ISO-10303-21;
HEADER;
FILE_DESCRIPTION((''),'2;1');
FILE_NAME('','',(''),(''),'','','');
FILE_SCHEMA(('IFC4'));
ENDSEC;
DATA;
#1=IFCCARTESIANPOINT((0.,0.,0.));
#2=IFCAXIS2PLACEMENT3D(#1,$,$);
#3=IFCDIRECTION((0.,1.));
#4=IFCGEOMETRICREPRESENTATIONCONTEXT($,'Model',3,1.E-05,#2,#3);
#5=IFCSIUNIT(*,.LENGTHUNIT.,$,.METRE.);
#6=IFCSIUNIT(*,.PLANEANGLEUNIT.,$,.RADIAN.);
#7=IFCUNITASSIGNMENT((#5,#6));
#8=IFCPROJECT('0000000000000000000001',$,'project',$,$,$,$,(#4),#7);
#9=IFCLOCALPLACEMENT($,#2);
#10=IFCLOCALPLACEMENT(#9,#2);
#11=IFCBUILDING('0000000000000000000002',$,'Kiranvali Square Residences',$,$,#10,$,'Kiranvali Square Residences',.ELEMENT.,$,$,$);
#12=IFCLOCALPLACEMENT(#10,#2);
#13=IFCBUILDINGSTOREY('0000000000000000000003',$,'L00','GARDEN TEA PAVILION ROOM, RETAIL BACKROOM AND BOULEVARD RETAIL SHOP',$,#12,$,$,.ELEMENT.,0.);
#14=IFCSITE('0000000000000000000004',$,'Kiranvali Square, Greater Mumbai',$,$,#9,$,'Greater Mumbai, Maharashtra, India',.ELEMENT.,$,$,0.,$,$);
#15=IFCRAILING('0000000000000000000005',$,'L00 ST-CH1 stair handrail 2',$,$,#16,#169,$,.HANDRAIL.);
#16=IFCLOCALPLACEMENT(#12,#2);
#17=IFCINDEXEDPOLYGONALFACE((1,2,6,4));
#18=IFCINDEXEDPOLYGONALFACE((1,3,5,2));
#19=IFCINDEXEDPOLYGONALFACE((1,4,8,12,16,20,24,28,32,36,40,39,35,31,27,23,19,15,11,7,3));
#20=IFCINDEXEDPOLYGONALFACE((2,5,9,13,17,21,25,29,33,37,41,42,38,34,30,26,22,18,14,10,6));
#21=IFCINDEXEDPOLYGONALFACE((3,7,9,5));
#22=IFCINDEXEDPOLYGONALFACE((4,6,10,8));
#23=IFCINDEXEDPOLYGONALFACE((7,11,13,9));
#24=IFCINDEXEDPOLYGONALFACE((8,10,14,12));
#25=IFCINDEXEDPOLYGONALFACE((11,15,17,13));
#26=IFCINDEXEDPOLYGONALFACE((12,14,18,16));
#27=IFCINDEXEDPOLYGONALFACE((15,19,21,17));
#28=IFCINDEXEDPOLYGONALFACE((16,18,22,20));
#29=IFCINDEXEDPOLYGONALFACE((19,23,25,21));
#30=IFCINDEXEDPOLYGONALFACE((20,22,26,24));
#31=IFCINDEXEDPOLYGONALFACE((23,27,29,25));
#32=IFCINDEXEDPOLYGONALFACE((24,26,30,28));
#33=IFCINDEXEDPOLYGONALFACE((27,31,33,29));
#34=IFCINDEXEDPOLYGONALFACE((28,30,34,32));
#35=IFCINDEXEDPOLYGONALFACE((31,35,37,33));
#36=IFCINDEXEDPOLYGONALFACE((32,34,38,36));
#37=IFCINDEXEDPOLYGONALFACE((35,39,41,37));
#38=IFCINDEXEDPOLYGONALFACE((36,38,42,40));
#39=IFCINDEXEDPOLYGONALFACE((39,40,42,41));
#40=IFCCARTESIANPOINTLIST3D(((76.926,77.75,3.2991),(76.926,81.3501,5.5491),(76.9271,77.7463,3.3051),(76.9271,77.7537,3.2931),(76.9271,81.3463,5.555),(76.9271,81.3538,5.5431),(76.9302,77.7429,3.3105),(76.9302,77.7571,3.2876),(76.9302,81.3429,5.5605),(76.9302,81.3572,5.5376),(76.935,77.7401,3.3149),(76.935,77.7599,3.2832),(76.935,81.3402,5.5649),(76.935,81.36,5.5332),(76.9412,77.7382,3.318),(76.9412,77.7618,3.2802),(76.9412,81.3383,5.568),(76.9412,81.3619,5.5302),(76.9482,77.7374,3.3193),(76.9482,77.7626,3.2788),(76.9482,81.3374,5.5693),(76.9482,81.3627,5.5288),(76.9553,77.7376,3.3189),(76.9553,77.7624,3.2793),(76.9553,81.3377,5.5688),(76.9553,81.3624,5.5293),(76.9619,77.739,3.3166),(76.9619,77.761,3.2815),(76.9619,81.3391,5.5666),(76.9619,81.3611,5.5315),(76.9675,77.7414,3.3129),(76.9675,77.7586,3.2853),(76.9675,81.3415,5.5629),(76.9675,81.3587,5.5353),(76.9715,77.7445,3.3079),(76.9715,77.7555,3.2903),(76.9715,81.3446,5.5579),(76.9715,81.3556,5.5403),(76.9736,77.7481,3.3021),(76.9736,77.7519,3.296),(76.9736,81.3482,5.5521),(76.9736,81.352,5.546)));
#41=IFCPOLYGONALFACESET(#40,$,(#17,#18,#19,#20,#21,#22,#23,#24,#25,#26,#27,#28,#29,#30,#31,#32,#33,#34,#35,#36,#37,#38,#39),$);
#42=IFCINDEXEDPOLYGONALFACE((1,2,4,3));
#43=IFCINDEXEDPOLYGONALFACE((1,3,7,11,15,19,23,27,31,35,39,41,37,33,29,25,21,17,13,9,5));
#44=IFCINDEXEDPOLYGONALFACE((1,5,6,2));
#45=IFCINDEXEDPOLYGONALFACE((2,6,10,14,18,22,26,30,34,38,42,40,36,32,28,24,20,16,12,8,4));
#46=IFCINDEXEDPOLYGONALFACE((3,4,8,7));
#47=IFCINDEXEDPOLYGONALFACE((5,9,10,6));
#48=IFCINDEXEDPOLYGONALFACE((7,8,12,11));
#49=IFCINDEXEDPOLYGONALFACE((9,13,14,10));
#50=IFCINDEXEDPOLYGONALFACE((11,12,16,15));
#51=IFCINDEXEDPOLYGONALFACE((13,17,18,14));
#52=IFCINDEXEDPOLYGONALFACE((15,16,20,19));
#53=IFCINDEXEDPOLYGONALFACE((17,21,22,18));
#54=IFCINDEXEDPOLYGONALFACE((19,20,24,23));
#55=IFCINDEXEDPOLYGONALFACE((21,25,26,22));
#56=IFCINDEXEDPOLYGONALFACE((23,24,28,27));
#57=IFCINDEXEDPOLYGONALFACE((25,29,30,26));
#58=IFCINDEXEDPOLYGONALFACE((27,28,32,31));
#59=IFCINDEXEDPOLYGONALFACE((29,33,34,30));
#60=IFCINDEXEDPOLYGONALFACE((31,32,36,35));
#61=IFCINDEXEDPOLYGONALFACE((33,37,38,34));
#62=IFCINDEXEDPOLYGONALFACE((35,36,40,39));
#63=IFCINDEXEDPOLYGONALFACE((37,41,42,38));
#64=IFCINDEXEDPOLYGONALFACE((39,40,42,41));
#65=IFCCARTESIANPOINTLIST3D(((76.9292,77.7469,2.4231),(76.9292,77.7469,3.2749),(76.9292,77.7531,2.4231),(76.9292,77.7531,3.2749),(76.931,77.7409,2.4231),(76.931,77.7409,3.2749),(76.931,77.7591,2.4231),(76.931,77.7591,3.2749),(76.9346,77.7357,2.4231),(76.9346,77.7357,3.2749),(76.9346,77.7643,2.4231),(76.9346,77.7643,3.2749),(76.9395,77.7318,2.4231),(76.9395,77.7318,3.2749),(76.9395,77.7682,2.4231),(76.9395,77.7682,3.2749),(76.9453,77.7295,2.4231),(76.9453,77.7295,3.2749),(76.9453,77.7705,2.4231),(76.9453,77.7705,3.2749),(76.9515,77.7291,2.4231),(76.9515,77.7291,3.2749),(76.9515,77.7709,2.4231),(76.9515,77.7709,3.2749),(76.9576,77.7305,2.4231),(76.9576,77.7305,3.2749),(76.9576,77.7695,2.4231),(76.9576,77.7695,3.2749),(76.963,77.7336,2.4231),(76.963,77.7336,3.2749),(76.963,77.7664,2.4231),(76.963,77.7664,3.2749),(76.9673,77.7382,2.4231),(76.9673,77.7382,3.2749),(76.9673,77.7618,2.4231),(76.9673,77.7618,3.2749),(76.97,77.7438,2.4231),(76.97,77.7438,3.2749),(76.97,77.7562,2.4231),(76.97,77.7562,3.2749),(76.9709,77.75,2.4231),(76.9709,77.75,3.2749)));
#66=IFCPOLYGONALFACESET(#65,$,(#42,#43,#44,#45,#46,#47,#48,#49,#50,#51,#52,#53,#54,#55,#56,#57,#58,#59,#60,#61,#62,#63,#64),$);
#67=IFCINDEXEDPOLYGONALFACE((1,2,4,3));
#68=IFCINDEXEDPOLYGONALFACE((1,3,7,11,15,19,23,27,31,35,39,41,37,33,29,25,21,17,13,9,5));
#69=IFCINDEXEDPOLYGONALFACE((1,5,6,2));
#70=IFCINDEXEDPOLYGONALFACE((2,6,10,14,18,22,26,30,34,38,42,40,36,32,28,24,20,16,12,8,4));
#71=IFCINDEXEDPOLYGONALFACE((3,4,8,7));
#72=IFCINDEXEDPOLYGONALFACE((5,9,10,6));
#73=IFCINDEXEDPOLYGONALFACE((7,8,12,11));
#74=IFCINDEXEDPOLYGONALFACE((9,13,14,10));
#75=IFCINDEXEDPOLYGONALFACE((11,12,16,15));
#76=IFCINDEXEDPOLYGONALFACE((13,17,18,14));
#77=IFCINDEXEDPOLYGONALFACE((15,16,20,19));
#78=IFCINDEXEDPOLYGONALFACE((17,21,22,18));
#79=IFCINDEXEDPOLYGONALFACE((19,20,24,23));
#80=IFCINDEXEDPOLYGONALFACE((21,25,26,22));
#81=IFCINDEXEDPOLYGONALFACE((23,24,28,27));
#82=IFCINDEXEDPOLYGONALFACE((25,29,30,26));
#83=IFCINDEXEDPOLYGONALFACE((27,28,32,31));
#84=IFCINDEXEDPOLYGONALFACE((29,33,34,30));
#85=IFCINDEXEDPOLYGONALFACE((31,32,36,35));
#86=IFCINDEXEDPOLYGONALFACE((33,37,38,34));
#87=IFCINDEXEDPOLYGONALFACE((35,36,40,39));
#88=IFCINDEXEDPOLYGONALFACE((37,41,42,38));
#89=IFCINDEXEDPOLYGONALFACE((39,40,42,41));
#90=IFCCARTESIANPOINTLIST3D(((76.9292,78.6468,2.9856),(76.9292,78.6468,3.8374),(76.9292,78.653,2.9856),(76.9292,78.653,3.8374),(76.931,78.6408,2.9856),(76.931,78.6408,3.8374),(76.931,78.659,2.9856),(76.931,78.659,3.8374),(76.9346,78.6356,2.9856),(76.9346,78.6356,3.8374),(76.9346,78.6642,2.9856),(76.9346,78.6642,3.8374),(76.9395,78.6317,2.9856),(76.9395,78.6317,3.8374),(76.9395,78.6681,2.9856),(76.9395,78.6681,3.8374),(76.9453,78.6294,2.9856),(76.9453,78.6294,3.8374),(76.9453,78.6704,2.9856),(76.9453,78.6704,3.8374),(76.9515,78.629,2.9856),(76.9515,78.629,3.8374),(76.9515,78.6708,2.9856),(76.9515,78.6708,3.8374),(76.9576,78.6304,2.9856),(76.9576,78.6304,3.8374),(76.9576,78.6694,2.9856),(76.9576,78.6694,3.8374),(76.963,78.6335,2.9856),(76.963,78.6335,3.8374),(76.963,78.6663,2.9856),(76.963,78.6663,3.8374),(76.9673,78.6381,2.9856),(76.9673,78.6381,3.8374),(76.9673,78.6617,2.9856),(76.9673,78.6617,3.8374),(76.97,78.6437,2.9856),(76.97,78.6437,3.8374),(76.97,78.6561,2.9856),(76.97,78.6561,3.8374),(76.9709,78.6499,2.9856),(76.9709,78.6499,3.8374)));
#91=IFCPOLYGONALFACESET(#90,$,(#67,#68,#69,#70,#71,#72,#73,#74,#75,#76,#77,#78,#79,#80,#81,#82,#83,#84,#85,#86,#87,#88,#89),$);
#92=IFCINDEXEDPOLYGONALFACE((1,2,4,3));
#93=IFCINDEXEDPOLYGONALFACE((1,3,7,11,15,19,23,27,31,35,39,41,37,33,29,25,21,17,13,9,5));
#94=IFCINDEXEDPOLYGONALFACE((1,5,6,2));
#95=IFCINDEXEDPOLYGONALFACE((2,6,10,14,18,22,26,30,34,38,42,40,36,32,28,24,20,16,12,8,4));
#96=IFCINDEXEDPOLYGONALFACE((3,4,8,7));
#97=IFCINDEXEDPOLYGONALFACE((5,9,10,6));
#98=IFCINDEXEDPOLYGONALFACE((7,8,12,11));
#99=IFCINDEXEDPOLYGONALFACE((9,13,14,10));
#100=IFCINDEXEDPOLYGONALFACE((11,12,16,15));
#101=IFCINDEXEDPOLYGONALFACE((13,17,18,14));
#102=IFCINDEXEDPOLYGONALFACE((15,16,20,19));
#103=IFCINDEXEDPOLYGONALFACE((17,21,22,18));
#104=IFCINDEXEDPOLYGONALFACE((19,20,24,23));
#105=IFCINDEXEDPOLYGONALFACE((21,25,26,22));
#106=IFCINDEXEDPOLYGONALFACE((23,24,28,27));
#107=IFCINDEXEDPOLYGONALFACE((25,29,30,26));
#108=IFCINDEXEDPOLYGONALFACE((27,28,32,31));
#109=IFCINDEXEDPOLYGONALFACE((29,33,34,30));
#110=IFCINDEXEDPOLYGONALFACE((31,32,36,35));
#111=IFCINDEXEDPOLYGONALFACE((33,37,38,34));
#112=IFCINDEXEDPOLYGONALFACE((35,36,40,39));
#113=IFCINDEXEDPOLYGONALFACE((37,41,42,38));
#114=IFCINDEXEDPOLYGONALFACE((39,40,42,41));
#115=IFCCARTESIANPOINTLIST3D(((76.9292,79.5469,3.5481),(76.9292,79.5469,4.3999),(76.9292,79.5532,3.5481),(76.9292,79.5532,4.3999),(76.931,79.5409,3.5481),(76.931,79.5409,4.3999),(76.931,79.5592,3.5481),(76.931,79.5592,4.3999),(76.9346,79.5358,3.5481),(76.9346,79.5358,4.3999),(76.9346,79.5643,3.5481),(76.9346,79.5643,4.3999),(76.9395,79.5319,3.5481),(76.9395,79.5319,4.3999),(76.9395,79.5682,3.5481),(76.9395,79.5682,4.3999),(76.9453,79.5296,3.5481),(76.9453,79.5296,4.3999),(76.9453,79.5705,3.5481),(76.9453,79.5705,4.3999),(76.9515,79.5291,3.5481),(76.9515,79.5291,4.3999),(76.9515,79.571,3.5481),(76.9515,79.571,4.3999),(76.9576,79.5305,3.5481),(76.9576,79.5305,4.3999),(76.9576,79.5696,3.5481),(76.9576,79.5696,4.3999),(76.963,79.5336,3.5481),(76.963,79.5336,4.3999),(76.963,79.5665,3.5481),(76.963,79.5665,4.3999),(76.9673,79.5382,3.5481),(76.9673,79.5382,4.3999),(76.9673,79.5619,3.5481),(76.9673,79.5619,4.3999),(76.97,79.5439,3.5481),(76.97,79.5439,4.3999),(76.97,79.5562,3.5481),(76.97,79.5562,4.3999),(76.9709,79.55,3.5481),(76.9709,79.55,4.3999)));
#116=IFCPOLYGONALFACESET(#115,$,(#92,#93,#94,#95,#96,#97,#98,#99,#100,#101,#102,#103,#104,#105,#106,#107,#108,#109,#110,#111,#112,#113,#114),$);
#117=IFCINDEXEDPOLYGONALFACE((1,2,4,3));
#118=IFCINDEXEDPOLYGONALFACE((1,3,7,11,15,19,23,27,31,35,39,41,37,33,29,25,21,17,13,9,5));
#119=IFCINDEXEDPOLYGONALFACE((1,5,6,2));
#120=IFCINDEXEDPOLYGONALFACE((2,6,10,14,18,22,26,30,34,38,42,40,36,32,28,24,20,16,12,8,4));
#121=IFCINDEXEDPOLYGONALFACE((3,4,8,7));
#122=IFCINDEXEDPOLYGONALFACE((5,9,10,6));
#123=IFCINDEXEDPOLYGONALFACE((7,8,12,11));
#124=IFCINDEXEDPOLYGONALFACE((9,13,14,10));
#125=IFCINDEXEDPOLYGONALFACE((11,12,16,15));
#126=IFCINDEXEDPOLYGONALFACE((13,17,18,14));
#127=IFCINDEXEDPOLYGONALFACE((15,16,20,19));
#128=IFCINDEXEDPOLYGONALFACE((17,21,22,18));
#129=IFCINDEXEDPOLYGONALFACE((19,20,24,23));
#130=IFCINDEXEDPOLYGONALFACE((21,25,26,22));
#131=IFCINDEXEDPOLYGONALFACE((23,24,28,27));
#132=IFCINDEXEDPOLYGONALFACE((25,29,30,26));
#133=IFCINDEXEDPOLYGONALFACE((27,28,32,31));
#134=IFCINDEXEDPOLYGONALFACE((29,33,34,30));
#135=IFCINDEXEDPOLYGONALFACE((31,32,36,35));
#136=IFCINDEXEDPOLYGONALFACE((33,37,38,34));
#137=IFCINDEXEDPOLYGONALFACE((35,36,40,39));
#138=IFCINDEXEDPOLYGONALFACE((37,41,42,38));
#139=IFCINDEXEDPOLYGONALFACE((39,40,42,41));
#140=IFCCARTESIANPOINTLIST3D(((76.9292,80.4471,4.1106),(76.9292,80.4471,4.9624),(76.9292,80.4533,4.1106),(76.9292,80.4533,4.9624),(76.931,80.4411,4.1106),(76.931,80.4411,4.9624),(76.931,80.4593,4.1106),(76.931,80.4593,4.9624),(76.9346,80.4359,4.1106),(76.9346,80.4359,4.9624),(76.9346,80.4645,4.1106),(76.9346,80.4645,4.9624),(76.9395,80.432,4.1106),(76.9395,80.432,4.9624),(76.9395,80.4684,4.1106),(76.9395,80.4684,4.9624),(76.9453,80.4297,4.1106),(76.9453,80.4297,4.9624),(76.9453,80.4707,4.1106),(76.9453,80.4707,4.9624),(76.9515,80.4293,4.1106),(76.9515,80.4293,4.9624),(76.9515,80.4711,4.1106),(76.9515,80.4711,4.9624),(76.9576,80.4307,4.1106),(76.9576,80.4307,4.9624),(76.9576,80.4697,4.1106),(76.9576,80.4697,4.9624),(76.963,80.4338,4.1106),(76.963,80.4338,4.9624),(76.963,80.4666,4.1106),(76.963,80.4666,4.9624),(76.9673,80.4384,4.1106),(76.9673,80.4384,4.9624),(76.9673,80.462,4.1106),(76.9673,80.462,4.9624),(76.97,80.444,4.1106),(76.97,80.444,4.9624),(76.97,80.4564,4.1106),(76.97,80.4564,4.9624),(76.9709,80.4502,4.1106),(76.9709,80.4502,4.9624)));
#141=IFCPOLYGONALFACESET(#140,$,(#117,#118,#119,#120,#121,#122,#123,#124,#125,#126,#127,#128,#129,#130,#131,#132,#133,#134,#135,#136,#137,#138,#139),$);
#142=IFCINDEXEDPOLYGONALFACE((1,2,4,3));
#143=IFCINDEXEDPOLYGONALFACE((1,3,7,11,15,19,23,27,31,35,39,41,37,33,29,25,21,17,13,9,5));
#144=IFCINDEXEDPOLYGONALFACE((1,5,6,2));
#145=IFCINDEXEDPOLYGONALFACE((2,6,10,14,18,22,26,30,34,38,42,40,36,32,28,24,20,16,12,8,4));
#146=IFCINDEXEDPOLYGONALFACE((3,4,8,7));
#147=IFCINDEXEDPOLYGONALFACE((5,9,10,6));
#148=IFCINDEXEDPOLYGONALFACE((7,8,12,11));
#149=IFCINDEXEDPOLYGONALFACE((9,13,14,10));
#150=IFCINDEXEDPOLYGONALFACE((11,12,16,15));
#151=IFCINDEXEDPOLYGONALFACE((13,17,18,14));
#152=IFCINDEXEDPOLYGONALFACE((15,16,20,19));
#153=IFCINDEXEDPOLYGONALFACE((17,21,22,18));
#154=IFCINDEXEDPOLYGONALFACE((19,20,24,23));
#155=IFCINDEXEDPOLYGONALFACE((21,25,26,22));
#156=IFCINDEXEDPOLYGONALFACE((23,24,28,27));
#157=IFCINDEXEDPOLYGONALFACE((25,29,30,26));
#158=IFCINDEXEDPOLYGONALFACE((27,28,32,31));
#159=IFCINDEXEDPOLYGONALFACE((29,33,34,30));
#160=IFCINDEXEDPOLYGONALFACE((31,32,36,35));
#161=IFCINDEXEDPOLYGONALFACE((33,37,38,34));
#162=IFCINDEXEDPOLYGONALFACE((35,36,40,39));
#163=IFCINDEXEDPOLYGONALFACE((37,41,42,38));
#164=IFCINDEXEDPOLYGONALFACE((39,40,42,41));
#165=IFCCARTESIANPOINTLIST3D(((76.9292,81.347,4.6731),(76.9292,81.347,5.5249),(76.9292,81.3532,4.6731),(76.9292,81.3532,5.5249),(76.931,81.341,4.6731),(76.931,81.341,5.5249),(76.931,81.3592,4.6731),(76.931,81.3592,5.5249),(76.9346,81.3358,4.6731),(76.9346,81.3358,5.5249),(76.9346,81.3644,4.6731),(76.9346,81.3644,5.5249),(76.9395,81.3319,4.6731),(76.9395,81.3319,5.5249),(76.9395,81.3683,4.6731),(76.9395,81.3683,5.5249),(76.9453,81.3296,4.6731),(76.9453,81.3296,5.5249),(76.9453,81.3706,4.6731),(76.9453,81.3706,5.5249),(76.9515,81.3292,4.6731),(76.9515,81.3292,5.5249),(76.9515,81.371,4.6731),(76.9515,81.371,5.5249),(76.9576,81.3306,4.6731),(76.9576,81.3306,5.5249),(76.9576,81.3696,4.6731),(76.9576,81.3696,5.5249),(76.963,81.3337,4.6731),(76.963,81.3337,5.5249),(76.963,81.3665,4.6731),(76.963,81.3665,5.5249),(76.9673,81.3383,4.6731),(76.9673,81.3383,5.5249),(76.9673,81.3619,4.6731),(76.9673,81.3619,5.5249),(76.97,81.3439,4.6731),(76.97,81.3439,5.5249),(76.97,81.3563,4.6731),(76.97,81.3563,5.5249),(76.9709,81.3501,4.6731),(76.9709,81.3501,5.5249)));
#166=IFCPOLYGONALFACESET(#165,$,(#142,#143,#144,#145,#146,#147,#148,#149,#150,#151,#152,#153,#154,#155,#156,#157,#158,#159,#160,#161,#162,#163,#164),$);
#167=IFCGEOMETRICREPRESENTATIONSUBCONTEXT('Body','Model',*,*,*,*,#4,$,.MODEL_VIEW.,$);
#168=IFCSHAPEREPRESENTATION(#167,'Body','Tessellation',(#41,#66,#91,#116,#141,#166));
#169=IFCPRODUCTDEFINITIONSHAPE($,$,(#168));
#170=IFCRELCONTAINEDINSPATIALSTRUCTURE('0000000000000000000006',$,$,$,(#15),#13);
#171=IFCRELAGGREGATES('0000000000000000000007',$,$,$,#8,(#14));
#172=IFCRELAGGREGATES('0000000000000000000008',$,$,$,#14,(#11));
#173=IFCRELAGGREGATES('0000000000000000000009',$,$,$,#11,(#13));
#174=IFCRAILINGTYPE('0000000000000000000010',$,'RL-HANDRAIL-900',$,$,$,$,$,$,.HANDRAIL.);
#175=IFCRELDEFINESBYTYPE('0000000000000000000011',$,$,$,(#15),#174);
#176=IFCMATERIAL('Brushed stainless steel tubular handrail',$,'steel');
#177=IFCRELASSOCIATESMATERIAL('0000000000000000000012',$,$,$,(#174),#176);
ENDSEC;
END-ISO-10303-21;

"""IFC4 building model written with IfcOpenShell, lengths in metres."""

from ifc_helpers import new_model, si_unit, direction, frame, origin, origin_2d, place, context, subcontext, project, spatial, circle, extrude, material, type_object, element, save


model = new_model("IFC4")

# Units and contexts
model_context = context("Model", 3, precision=1e-05, world=origin(), true_north=direction((0.0, 1.0)))
body_context = subcontext(model_context, "Body", "Model", "MODEL_VIEW")
ifc_project = project(units=[si_unit("LENGTHUNIT", "METRE"), si_unit("PLANEANGLEUNIT", "RADIAN")], contexts=[model_context])

# Site, building, storey
site_placement = place(None, origin())
site = spatial("IfcSite", under=ifc_project, at=site_placement, Name="Kiranvali Square, Greater Mumbai", LongName="Greater Mumbai, Maharashtra, India", CompositionType="ELEMENT", RefElevation=0.0)
building_placement = place(site_placement, origin())
building = spatial("IfcBuilding", under=site, at=building_placement, Name="Kiranvali Square Residences", LongName="Kiranvali Square Residences", CompositionType="ELEMENT")
storey_placement = place(building_placement, origin())
storey = spatial("IfcBuildingStorey", under=building, at=storey_placement, Name="L00", Description="GARDEN TEA PAVILION ROOM, RETAIL BACKROOM AND BOULEVARD RETAIL SHOP", CompositionType="ELEMENT", Elevation=0.0)

# Railing
ifc_material_1 = material(Name="Brushed stainless steel tubular handrail", Category="steel")
railing_type_1 = type_object("IfcRailingType", Name="RL-HANDRAIL-900", PredefinedType="HANDRAIL", material=ifc_material_1)
railing_1_placement = place(storey_placement, frame((76.95, 77.75, 2.4231)))
element("IfcRailing", 1, at=railing_1_placement, inside=storey, type_object=railing_type_1, Name="L00 ST-CH1 stair handrail 2", PredefinedType="HANDRAIL", context=body_context, shape_type="SweptSolid", body=[
    extrude(circle(Radius=0.0239, at=origin_2d()), frame((0.0, 0.0, 0.876), z_axis=(0.0, 0.848005, 0.529989), x_axis=(-1.0, 0.0, 0.0)), (0.0, 0.0, 1.0), 4.2454),
    extrude(circle(Radius=0.021, at=origin_2d()), origin(), (0.0, 0.0, 1.0), 0.8518),
    extrude(circle(Radius=0.021, at=origin_2d()), frame((0.0, 0.8999, 0.5625)), (0.0, 0.0, 1.0), 0.8518),
    extrude(circle(Radius=0.021, at=origin_2d()), frame((0.0, 1.8, 1.125)), (0.0, 0.0, 1.0), 0.8518),
    extrude(circle(Radius=0.021, at=origin_2d()), frame((0.0, 2.7002, 1.6875)), (0.0, 0.0, 1.0), 0.8518),
    extrude(circle(Radius=0.021, at=origin_2d()), frame((0.0, 3.6001, 2.25)), (0.0, 0.0, 1.0), 0.8518),
])

save(model, "model.ifc")
